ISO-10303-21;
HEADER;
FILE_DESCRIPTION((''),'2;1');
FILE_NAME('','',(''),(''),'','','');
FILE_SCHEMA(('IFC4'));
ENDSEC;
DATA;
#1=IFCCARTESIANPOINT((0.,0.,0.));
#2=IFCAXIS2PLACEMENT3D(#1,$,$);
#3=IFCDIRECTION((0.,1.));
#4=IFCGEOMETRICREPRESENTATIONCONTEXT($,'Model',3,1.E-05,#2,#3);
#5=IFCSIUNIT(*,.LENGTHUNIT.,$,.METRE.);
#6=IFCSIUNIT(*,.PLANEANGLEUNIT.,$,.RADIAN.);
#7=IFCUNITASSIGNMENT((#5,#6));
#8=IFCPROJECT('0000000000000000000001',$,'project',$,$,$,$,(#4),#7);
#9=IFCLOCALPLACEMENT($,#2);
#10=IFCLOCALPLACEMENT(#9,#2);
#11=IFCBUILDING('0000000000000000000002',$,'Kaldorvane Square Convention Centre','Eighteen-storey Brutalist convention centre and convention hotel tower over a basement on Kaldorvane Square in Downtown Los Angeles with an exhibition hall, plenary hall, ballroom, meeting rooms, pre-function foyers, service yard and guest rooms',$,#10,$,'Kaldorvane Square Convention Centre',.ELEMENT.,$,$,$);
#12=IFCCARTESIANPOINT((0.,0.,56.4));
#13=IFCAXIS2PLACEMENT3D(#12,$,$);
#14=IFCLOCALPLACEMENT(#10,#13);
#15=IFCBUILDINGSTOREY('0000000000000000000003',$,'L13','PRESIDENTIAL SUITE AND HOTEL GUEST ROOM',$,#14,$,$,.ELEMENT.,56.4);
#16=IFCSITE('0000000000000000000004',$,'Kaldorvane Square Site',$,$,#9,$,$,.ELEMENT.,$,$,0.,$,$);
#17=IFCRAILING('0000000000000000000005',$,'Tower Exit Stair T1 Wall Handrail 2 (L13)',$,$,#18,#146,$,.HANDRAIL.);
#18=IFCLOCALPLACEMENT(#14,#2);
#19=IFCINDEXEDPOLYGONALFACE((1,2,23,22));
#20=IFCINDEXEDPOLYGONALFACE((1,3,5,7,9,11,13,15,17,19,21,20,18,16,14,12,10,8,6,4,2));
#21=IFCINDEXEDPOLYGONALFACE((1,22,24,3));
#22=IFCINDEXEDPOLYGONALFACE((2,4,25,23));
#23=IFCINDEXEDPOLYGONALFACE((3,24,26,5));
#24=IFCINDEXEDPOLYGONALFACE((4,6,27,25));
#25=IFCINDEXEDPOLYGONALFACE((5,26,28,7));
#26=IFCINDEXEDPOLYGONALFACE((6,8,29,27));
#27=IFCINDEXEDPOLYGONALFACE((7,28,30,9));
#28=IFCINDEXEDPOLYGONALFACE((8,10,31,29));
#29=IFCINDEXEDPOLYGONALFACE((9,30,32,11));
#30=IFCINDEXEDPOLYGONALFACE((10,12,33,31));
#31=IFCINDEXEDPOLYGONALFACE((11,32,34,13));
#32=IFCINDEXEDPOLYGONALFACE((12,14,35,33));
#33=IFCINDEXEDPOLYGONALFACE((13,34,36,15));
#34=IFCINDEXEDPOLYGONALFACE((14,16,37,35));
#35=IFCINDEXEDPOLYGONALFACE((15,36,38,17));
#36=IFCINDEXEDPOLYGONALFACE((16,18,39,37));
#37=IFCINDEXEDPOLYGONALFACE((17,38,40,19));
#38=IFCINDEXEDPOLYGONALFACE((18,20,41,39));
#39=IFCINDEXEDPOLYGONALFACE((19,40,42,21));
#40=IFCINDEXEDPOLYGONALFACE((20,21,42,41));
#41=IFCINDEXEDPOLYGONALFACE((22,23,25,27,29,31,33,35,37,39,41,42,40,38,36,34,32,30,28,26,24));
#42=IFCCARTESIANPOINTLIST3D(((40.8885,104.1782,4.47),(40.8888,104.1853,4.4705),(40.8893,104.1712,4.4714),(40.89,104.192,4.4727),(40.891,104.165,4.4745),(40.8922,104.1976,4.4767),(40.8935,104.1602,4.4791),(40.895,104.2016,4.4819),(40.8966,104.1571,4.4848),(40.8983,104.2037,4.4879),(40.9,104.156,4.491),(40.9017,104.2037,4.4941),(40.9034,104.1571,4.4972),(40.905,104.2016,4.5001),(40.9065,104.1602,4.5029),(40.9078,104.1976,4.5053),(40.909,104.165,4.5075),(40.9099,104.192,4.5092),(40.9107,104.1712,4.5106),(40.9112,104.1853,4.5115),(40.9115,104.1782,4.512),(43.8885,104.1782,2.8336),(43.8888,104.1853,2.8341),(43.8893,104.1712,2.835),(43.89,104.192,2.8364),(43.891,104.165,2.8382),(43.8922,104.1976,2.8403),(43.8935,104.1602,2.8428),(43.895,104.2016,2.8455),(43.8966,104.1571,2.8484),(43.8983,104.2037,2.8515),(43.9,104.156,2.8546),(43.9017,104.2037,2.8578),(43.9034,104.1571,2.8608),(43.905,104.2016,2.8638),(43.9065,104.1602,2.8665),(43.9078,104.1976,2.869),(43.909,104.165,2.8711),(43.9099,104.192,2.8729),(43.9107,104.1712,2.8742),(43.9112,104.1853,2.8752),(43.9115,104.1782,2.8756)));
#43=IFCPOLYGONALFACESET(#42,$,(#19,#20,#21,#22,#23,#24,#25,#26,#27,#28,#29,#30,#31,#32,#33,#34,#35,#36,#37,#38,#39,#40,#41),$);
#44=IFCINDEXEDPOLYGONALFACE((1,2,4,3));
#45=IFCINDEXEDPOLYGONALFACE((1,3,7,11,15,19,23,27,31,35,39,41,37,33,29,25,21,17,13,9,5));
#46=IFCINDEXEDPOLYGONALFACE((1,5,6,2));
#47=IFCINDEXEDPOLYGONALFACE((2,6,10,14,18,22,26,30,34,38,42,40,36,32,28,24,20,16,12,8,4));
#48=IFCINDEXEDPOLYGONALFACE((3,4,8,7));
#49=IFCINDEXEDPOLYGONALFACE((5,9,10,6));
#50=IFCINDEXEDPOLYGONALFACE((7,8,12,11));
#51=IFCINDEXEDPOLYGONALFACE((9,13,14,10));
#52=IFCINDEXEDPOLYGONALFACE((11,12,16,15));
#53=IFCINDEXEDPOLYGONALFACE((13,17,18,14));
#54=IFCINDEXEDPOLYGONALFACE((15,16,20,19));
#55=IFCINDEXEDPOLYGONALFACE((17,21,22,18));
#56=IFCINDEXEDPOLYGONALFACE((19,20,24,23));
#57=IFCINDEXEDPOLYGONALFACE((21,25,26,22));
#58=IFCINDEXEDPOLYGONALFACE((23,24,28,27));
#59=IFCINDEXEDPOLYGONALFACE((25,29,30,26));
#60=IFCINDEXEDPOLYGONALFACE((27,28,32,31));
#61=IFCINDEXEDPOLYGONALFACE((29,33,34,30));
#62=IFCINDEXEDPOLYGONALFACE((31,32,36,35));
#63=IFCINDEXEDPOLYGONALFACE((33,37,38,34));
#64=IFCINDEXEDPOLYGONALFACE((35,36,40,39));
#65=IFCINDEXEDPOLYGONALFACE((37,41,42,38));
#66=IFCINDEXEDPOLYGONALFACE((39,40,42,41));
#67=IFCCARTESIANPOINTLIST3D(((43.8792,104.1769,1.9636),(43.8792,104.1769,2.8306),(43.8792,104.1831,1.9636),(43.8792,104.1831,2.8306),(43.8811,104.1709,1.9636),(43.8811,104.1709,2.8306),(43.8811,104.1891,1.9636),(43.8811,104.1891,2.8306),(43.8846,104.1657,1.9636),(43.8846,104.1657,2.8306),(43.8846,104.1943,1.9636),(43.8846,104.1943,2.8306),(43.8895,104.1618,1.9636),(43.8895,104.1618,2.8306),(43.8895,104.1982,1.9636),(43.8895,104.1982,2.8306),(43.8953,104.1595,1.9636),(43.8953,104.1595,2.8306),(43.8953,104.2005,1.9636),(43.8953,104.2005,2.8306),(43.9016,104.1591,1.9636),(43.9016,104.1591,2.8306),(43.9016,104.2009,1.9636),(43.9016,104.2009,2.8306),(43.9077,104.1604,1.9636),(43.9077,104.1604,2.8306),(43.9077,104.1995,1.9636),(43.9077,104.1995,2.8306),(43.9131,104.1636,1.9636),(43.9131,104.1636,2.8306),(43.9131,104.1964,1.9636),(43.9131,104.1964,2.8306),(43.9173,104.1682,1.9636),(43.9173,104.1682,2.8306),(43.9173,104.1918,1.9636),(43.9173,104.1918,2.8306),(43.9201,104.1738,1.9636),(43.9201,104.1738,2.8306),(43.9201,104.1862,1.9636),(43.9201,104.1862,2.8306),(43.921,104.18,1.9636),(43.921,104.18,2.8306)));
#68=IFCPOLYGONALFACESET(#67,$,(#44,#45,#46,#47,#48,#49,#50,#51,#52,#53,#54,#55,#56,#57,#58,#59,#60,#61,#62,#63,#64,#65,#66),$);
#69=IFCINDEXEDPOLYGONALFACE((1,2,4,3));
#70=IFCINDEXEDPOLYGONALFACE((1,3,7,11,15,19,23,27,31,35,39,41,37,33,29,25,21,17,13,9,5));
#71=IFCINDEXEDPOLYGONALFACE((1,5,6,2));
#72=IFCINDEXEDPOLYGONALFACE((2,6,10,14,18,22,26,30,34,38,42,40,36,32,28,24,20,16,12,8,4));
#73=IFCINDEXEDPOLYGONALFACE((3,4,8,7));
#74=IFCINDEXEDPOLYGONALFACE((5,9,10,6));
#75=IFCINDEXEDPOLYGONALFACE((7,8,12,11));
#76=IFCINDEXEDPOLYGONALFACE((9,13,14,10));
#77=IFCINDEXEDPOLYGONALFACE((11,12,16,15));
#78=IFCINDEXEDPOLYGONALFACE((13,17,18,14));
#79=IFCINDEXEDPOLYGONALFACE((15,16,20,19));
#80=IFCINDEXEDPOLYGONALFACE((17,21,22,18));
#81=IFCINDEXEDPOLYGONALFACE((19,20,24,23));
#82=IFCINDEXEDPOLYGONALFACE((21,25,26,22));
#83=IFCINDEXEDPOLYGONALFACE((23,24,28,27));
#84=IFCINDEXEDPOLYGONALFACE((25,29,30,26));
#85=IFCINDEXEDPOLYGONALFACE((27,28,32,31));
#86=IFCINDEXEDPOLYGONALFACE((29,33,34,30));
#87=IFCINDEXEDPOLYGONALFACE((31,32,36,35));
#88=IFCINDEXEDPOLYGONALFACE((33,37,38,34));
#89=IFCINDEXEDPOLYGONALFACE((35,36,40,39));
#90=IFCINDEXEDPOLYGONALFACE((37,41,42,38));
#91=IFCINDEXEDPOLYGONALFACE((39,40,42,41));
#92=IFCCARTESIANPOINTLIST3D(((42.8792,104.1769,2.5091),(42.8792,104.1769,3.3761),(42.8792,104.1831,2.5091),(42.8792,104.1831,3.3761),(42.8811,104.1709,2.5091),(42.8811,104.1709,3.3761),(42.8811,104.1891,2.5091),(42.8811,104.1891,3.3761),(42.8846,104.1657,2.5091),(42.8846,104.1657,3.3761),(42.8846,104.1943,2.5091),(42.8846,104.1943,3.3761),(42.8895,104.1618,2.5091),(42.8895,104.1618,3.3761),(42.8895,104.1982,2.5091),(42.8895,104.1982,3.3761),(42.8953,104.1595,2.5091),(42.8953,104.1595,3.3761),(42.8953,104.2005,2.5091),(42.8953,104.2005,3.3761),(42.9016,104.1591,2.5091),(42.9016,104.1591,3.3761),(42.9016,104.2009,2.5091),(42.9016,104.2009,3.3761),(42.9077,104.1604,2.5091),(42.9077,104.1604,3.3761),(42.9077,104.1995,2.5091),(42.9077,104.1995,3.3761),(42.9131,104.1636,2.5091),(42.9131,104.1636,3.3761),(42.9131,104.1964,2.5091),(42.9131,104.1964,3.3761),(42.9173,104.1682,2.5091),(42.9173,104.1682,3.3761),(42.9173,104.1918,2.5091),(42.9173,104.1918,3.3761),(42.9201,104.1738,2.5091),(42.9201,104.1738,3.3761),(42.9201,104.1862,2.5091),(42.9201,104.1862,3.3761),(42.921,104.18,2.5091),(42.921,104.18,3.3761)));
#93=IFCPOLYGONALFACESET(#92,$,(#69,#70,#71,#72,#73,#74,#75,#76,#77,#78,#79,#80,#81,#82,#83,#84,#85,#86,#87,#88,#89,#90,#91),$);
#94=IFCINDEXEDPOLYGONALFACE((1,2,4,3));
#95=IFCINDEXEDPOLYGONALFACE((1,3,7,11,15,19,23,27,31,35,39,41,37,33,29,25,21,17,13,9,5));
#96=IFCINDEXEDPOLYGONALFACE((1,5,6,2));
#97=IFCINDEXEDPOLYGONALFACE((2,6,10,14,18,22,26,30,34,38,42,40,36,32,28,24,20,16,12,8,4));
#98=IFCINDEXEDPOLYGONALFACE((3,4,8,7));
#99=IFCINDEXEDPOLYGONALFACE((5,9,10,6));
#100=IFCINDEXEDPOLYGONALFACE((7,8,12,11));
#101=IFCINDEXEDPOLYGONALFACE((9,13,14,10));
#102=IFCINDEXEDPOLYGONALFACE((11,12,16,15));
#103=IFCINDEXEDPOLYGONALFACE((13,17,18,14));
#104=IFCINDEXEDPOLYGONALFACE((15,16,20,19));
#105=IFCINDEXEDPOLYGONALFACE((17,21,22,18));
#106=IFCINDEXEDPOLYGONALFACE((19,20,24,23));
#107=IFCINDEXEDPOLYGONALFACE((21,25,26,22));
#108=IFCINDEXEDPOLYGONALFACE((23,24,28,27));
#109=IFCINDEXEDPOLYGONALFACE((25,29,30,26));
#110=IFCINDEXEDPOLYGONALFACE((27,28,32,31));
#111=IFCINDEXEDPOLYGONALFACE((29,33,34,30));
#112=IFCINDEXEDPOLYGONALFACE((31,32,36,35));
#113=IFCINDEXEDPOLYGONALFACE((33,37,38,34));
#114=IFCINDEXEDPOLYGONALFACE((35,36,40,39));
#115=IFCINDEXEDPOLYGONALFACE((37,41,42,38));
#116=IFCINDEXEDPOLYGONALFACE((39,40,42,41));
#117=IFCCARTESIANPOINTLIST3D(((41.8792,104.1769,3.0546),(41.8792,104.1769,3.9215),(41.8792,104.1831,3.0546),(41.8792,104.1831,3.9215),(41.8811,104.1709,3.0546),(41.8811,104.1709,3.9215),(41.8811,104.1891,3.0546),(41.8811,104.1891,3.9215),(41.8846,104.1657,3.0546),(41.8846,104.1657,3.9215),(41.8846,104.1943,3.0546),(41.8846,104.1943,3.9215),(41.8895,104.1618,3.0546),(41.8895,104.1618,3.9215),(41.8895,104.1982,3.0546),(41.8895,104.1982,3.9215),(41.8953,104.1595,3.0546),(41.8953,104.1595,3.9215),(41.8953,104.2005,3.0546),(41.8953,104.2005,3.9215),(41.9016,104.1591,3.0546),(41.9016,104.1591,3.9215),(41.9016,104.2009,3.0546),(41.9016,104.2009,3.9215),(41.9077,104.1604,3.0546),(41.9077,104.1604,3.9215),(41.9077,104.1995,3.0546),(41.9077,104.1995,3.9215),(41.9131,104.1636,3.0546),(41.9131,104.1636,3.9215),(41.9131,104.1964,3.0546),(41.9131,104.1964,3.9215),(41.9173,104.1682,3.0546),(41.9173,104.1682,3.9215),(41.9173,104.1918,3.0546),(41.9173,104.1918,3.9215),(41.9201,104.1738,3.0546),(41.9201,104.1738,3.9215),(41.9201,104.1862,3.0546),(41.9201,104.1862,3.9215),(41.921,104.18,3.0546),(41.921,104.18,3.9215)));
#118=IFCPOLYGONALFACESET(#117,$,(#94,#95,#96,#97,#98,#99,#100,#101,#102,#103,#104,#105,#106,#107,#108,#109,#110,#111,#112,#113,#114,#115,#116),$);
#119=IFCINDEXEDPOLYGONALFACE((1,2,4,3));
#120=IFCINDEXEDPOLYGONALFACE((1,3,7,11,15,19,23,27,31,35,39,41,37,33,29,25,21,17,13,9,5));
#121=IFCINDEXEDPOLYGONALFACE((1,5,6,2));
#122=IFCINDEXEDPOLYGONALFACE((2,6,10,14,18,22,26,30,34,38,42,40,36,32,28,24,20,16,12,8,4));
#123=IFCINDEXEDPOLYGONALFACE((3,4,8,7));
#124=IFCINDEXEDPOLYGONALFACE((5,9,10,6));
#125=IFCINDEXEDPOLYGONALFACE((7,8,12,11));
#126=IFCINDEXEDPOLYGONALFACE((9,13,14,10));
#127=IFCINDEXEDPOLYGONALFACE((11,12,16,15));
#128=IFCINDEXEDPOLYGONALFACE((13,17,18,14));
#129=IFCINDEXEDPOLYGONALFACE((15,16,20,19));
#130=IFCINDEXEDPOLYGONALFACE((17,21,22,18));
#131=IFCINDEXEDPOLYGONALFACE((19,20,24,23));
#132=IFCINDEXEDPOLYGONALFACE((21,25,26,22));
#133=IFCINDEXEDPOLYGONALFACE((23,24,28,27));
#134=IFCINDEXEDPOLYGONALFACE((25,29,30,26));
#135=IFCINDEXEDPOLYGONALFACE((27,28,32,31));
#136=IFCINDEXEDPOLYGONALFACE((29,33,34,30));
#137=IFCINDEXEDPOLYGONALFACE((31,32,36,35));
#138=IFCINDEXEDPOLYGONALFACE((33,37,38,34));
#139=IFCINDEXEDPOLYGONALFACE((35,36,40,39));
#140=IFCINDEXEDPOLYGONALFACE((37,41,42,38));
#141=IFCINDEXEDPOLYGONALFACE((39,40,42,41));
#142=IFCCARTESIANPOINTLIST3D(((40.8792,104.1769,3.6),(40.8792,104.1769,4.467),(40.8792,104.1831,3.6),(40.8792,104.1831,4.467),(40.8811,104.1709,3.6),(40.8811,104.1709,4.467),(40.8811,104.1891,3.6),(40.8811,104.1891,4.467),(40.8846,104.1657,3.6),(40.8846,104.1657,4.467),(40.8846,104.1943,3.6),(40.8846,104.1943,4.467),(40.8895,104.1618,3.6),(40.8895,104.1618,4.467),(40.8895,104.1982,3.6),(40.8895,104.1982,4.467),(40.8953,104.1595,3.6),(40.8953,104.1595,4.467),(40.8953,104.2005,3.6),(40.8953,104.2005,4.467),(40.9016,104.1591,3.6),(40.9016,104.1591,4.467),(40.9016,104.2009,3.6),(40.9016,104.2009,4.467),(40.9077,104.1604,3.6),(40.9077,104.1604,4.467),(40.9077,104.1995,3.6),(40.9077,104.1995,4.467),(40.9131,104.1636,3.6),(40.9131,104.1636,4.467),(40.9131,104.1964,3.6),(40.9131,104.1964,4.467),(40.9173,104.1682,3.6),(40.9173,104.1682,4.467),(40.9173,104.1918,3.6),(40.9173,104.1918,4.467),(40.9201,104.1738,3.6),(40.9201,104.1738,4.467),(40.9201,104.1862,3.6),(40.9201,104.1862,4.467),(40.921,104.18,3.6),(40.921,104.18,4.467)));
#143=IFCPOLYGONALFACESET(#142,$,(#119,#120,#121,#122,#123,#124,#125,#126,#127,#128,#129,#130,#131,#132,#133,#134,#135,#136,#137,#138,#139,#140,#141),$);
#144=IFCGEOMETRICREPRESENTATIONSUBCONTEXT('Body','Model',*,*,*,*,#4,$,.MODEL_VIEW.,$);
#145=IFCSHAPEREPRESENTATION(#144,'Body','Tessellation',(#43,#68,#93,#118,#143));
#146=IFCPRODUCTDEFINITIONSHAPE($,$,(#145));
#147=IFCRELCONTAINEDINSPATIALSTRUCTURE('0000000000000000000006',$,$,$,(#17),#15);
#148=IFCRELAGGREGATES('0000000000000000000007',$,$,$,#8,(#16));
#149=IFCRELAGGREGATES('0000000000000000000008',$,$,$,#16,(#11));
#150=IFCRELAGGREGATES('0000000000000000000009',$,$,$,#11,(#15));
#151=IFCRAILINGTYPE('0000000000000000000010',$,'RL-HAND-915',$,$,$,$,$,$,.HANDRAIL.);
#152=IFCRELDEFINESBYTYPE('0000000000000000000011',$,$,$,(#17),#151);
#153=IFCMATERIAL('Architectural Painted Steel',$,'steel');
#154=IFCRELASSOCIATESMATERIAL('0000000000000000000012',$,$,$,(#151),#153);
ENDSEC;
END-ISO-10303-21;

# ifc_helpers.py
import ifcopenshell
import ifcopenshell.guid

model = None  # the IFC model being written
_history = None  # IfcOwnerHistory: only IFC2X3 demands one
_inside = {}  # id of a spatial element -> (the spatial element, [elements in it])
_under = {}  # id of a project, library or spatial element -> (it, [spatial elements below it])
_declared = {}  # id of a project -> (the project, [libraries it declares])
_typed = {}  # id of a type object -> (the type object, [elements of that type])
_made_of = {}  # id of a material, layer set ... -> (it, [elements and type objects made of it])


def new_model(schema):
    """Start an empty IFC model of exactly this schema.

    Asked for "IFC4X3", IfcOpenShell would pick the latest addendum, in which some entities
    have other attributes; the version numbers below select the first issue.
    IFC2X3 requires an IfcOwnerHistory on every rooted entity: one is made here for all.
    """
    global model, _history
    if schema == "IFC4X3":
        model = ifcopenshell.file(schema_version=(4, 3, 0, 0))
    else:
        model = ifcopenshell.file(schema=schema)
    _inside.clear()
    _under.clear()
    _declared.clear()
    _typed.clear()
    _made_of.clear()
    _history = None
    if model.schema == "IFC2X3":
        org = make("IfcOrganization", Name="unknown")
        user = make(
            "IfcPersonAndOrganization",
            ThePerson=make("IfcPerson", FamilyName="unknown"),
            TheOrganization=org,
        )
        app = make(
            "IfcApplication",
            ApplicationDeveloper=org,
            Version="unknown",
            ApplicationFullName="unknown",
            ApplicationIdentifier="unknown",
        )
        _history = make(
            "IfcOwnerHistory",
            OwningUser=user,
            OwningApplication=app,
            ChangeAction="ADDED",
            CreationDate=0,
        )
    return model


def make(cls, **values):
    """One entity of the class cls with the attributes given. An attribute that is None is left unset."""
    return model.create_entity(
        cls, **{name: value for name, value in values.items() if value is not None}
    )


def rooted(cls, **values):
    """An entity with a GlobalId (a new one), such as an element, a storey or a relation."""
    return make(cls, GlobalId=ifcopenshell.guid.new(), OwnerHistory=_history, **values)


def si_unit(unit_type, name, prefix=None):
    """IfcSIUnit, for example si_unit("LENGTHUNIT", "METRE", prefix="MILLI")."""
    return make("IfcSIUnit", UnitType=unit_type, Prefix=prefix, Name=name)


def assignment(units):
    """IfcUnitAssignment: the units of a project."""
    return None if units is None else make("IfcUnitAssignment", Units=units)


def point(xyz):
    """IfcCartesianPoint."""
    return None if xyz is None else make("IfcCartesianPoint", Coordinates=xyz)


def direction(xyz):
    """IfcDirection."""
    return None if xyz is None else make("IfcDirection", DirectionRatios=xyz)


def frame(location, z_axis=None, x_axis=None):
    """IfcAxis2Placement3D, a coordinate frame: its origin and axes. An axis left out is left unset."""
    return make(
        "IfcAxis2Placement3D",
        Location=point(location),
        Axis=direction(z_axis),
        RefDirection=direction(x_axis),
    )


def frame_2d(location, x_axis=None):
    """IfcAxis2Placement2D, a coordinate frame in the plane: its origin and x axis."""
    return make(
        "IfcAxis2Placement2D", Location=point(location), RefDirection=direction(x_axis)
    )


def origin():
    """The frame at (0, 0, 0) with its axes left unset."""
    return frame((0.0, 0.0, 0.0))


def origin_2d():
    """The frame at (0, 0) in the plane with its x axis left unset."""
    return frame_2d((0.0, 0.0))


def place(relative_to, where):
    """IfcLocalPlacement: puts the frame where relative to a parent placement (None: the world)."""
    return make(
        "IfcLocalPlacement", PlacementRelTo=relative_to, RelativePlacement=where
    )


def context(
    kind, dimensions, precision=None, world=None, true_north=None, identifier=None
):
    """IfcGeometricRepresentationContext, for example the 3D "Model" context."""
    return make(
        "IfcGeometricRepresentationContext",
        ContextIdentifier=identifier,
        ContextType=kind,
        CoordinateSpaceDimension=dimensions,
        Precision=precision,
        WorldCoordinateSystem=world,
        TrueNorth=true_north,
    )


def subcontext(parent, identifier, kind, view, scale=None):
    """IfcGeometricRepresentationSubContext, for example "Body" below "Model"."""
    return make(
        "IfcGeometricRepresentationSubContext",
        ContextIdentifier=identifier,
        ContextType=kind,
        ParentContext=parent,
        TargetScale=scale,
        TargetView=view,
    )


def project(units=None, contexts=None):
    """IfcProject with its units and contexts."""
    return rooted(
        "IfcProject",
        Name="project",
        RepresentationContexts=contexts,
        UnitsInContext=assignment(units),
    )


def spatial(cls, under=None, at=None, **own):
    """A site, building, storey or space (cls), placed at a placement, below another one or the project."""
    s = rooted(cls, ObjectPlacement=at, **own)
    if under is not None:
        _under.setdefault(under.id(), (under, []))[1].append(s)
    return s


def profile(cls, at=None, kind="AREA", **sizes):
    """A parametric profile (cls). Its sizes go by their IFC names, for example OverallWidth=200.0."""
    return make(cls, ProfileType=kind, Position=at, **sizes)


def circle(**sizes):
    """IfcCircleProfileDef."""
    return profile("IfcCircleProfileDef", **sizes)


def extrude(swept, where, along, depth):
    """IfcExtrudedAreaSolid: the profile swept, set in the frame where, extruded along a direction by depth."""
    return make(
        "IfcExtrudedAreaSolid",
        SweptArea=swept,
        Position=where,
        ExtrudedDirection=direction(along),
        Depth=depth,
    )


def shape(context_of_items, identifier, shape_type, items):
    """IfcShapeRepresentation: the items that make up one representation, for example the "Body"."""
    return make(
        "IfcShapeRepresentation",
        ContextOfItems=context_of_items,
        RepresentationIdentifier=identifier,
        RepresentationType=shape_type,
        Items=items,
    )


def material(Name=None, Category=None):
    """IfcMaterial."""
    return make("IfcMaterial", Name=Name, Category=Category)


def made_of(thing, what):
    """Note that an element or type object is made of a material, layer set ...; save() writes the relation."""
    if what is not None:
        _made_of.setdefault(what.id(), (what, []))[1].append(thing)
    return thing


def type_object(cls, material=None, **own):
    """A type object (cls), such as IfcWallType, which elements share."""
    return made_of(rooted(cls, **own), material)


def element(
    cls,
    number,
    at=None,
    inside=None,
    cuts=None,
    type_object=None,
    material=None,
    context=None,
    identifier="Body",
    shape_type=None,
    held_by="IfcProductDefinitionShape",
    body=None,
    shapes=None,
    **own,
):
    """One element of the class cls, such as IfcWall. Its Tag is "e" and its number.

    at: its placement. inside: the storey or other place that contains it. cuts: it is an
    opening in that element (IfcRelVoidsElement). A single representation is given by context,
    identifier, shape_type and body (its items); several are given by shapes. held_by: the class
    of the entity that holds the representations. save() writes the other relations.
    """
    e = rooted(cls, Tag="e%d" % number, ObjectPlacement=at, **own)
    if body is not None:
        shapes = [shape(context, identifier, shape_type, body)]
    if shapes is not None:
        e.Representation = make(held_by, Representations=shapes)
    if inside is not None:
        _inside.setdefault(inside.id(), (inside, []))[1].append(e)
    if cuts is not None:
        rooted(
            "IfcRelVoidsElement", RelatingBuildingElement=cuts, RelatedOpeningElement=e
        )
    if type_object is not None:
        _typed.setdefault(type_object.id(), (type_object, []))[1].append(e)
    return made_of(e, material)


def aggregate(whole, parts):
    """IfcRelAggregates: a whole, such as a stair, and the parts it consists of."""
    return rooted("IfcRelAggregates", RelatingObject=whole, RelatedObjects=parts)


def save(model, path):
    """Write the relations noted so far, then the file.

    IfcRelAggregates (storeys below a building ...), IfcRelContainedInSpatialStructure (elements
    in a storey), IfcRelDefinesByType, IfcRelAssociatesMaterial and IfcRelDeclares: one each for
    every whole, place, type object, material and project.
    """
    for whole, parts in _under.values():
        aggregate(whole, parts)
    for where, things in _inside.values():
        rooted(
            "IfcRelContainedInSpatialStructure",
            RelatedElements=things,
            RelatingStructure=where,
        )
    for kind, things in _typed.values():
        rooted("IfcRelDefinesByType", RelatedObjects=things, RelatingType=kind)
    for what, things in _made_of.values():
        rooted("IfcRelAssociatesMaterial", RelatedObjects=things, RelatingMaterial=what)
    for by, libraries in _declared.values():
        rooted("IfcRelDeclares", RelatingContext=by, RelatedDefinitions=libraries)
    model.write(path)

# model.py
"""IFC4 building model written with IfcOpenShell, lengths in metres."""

from ifc_helpers import new_model, si_unit, direction, frame, origin, origin_2d, place, context, subcontext, project, spatial, circle, extrude, material, type_object, element, save


model = new_model("IFC4")

# Units and contexts
model_context = context("Model", 3, precision=1e-05, world=origin(), true_north=direction((0.0, 1.0)))
body_context = subcontext(model_context, "Body", "Model", "MODEL_VIEW")
ifc_project = project(units=[si_unit("LENGTHUNIT", "METRE"), si_unit("PLANEANGLEUNIT", "RADIAN")], contexts=[model_context])

# Site, building, storey
site_placement = place(None, origin())
site = spatial("IfcSite", under=ifc_project, at=site_placement, Name="Kaldorvane Square Site", CompositionType="ELEMENT", RefElevation=0.0)
building_placement = place(site_placement, origin())
building = spatial("IfcBuilding", under=site, at=building_placement, Name="Kaldorvane Square Convention Centre", Description="Eighteen-storey Brutalist convention centre and convention hotel tower over a basement on Kaldorvane Square in Downtown Los Angeles with an exhibition hall, plenary hall, ballroom, meeting rooms, pre-function foyers, service yard and guest rooms", LongName="Kaldorvane Square Convention Centre", CompositionType="ELEMENT")
storey_placement = place(building_placement, frame((0.0, 0.0, 56.4)))
storey = spatial("IfcBuildingStorey", under=building, at=storey_placement, Name="L13", Description="PRESIDENTIAL SUITE AND HOTEL GUEST ROOM", CompositionType="ELEMENT", Elevation=56.4)

# Railing
ifc_material_1 = material(Name="Architectural Painted Steel", Category="steel")
railing_type_1 = type_object("IfcRailingType", Name="RL-HAND-915", PredefinedType="HANDRAIL", material=ifc_material_1)
railing_1_placement = place(storey_placement, frame((43.9, 104.18, 1.9636)))
element("IfcRailing", 1, at=railing_1_placement, inside=storey, type_object=railing_type_1, Name="Tower Exit Stair T1 Wall Handrail 2 (L13)", PredefinedType="HANDRAIL", context=body_context, shape_type="SweptSolid", body=[
    extrude(circle(Radius=0.024, at=origin_2d()), frame((0.0, 0.0, 0.891), z_axis=(-0.877895, 0.0, 0.478853), x_axis=(0.0, -1.0, 0.0)), (0.0, 0.0, 1.0), 3.4173),
    extrude(circle(Radius=0.021, at=origin_2d()), origin(), (0.0, 0.0, 1.0), 0.867),
    extrude(circle(Radius=0.021, at=origin_2d()), frame((-1.0, 0.0, 0.5455)), (0.0, 0.0, 1.0), 0.867),
    extrude(circle(Radius=0.021, at=origin_2d()), frame((-2.0, 0.0, 1.0909)), (0.0, 0.0, 1.0), 0.867),
    extrude(circle(Radius=0.021, at=origin_2d()), frame((-3.0, 0.0, 1.6364)), (0.0, 0.0, 1.0), 0.867),
])

save(model, "model.ifc")
